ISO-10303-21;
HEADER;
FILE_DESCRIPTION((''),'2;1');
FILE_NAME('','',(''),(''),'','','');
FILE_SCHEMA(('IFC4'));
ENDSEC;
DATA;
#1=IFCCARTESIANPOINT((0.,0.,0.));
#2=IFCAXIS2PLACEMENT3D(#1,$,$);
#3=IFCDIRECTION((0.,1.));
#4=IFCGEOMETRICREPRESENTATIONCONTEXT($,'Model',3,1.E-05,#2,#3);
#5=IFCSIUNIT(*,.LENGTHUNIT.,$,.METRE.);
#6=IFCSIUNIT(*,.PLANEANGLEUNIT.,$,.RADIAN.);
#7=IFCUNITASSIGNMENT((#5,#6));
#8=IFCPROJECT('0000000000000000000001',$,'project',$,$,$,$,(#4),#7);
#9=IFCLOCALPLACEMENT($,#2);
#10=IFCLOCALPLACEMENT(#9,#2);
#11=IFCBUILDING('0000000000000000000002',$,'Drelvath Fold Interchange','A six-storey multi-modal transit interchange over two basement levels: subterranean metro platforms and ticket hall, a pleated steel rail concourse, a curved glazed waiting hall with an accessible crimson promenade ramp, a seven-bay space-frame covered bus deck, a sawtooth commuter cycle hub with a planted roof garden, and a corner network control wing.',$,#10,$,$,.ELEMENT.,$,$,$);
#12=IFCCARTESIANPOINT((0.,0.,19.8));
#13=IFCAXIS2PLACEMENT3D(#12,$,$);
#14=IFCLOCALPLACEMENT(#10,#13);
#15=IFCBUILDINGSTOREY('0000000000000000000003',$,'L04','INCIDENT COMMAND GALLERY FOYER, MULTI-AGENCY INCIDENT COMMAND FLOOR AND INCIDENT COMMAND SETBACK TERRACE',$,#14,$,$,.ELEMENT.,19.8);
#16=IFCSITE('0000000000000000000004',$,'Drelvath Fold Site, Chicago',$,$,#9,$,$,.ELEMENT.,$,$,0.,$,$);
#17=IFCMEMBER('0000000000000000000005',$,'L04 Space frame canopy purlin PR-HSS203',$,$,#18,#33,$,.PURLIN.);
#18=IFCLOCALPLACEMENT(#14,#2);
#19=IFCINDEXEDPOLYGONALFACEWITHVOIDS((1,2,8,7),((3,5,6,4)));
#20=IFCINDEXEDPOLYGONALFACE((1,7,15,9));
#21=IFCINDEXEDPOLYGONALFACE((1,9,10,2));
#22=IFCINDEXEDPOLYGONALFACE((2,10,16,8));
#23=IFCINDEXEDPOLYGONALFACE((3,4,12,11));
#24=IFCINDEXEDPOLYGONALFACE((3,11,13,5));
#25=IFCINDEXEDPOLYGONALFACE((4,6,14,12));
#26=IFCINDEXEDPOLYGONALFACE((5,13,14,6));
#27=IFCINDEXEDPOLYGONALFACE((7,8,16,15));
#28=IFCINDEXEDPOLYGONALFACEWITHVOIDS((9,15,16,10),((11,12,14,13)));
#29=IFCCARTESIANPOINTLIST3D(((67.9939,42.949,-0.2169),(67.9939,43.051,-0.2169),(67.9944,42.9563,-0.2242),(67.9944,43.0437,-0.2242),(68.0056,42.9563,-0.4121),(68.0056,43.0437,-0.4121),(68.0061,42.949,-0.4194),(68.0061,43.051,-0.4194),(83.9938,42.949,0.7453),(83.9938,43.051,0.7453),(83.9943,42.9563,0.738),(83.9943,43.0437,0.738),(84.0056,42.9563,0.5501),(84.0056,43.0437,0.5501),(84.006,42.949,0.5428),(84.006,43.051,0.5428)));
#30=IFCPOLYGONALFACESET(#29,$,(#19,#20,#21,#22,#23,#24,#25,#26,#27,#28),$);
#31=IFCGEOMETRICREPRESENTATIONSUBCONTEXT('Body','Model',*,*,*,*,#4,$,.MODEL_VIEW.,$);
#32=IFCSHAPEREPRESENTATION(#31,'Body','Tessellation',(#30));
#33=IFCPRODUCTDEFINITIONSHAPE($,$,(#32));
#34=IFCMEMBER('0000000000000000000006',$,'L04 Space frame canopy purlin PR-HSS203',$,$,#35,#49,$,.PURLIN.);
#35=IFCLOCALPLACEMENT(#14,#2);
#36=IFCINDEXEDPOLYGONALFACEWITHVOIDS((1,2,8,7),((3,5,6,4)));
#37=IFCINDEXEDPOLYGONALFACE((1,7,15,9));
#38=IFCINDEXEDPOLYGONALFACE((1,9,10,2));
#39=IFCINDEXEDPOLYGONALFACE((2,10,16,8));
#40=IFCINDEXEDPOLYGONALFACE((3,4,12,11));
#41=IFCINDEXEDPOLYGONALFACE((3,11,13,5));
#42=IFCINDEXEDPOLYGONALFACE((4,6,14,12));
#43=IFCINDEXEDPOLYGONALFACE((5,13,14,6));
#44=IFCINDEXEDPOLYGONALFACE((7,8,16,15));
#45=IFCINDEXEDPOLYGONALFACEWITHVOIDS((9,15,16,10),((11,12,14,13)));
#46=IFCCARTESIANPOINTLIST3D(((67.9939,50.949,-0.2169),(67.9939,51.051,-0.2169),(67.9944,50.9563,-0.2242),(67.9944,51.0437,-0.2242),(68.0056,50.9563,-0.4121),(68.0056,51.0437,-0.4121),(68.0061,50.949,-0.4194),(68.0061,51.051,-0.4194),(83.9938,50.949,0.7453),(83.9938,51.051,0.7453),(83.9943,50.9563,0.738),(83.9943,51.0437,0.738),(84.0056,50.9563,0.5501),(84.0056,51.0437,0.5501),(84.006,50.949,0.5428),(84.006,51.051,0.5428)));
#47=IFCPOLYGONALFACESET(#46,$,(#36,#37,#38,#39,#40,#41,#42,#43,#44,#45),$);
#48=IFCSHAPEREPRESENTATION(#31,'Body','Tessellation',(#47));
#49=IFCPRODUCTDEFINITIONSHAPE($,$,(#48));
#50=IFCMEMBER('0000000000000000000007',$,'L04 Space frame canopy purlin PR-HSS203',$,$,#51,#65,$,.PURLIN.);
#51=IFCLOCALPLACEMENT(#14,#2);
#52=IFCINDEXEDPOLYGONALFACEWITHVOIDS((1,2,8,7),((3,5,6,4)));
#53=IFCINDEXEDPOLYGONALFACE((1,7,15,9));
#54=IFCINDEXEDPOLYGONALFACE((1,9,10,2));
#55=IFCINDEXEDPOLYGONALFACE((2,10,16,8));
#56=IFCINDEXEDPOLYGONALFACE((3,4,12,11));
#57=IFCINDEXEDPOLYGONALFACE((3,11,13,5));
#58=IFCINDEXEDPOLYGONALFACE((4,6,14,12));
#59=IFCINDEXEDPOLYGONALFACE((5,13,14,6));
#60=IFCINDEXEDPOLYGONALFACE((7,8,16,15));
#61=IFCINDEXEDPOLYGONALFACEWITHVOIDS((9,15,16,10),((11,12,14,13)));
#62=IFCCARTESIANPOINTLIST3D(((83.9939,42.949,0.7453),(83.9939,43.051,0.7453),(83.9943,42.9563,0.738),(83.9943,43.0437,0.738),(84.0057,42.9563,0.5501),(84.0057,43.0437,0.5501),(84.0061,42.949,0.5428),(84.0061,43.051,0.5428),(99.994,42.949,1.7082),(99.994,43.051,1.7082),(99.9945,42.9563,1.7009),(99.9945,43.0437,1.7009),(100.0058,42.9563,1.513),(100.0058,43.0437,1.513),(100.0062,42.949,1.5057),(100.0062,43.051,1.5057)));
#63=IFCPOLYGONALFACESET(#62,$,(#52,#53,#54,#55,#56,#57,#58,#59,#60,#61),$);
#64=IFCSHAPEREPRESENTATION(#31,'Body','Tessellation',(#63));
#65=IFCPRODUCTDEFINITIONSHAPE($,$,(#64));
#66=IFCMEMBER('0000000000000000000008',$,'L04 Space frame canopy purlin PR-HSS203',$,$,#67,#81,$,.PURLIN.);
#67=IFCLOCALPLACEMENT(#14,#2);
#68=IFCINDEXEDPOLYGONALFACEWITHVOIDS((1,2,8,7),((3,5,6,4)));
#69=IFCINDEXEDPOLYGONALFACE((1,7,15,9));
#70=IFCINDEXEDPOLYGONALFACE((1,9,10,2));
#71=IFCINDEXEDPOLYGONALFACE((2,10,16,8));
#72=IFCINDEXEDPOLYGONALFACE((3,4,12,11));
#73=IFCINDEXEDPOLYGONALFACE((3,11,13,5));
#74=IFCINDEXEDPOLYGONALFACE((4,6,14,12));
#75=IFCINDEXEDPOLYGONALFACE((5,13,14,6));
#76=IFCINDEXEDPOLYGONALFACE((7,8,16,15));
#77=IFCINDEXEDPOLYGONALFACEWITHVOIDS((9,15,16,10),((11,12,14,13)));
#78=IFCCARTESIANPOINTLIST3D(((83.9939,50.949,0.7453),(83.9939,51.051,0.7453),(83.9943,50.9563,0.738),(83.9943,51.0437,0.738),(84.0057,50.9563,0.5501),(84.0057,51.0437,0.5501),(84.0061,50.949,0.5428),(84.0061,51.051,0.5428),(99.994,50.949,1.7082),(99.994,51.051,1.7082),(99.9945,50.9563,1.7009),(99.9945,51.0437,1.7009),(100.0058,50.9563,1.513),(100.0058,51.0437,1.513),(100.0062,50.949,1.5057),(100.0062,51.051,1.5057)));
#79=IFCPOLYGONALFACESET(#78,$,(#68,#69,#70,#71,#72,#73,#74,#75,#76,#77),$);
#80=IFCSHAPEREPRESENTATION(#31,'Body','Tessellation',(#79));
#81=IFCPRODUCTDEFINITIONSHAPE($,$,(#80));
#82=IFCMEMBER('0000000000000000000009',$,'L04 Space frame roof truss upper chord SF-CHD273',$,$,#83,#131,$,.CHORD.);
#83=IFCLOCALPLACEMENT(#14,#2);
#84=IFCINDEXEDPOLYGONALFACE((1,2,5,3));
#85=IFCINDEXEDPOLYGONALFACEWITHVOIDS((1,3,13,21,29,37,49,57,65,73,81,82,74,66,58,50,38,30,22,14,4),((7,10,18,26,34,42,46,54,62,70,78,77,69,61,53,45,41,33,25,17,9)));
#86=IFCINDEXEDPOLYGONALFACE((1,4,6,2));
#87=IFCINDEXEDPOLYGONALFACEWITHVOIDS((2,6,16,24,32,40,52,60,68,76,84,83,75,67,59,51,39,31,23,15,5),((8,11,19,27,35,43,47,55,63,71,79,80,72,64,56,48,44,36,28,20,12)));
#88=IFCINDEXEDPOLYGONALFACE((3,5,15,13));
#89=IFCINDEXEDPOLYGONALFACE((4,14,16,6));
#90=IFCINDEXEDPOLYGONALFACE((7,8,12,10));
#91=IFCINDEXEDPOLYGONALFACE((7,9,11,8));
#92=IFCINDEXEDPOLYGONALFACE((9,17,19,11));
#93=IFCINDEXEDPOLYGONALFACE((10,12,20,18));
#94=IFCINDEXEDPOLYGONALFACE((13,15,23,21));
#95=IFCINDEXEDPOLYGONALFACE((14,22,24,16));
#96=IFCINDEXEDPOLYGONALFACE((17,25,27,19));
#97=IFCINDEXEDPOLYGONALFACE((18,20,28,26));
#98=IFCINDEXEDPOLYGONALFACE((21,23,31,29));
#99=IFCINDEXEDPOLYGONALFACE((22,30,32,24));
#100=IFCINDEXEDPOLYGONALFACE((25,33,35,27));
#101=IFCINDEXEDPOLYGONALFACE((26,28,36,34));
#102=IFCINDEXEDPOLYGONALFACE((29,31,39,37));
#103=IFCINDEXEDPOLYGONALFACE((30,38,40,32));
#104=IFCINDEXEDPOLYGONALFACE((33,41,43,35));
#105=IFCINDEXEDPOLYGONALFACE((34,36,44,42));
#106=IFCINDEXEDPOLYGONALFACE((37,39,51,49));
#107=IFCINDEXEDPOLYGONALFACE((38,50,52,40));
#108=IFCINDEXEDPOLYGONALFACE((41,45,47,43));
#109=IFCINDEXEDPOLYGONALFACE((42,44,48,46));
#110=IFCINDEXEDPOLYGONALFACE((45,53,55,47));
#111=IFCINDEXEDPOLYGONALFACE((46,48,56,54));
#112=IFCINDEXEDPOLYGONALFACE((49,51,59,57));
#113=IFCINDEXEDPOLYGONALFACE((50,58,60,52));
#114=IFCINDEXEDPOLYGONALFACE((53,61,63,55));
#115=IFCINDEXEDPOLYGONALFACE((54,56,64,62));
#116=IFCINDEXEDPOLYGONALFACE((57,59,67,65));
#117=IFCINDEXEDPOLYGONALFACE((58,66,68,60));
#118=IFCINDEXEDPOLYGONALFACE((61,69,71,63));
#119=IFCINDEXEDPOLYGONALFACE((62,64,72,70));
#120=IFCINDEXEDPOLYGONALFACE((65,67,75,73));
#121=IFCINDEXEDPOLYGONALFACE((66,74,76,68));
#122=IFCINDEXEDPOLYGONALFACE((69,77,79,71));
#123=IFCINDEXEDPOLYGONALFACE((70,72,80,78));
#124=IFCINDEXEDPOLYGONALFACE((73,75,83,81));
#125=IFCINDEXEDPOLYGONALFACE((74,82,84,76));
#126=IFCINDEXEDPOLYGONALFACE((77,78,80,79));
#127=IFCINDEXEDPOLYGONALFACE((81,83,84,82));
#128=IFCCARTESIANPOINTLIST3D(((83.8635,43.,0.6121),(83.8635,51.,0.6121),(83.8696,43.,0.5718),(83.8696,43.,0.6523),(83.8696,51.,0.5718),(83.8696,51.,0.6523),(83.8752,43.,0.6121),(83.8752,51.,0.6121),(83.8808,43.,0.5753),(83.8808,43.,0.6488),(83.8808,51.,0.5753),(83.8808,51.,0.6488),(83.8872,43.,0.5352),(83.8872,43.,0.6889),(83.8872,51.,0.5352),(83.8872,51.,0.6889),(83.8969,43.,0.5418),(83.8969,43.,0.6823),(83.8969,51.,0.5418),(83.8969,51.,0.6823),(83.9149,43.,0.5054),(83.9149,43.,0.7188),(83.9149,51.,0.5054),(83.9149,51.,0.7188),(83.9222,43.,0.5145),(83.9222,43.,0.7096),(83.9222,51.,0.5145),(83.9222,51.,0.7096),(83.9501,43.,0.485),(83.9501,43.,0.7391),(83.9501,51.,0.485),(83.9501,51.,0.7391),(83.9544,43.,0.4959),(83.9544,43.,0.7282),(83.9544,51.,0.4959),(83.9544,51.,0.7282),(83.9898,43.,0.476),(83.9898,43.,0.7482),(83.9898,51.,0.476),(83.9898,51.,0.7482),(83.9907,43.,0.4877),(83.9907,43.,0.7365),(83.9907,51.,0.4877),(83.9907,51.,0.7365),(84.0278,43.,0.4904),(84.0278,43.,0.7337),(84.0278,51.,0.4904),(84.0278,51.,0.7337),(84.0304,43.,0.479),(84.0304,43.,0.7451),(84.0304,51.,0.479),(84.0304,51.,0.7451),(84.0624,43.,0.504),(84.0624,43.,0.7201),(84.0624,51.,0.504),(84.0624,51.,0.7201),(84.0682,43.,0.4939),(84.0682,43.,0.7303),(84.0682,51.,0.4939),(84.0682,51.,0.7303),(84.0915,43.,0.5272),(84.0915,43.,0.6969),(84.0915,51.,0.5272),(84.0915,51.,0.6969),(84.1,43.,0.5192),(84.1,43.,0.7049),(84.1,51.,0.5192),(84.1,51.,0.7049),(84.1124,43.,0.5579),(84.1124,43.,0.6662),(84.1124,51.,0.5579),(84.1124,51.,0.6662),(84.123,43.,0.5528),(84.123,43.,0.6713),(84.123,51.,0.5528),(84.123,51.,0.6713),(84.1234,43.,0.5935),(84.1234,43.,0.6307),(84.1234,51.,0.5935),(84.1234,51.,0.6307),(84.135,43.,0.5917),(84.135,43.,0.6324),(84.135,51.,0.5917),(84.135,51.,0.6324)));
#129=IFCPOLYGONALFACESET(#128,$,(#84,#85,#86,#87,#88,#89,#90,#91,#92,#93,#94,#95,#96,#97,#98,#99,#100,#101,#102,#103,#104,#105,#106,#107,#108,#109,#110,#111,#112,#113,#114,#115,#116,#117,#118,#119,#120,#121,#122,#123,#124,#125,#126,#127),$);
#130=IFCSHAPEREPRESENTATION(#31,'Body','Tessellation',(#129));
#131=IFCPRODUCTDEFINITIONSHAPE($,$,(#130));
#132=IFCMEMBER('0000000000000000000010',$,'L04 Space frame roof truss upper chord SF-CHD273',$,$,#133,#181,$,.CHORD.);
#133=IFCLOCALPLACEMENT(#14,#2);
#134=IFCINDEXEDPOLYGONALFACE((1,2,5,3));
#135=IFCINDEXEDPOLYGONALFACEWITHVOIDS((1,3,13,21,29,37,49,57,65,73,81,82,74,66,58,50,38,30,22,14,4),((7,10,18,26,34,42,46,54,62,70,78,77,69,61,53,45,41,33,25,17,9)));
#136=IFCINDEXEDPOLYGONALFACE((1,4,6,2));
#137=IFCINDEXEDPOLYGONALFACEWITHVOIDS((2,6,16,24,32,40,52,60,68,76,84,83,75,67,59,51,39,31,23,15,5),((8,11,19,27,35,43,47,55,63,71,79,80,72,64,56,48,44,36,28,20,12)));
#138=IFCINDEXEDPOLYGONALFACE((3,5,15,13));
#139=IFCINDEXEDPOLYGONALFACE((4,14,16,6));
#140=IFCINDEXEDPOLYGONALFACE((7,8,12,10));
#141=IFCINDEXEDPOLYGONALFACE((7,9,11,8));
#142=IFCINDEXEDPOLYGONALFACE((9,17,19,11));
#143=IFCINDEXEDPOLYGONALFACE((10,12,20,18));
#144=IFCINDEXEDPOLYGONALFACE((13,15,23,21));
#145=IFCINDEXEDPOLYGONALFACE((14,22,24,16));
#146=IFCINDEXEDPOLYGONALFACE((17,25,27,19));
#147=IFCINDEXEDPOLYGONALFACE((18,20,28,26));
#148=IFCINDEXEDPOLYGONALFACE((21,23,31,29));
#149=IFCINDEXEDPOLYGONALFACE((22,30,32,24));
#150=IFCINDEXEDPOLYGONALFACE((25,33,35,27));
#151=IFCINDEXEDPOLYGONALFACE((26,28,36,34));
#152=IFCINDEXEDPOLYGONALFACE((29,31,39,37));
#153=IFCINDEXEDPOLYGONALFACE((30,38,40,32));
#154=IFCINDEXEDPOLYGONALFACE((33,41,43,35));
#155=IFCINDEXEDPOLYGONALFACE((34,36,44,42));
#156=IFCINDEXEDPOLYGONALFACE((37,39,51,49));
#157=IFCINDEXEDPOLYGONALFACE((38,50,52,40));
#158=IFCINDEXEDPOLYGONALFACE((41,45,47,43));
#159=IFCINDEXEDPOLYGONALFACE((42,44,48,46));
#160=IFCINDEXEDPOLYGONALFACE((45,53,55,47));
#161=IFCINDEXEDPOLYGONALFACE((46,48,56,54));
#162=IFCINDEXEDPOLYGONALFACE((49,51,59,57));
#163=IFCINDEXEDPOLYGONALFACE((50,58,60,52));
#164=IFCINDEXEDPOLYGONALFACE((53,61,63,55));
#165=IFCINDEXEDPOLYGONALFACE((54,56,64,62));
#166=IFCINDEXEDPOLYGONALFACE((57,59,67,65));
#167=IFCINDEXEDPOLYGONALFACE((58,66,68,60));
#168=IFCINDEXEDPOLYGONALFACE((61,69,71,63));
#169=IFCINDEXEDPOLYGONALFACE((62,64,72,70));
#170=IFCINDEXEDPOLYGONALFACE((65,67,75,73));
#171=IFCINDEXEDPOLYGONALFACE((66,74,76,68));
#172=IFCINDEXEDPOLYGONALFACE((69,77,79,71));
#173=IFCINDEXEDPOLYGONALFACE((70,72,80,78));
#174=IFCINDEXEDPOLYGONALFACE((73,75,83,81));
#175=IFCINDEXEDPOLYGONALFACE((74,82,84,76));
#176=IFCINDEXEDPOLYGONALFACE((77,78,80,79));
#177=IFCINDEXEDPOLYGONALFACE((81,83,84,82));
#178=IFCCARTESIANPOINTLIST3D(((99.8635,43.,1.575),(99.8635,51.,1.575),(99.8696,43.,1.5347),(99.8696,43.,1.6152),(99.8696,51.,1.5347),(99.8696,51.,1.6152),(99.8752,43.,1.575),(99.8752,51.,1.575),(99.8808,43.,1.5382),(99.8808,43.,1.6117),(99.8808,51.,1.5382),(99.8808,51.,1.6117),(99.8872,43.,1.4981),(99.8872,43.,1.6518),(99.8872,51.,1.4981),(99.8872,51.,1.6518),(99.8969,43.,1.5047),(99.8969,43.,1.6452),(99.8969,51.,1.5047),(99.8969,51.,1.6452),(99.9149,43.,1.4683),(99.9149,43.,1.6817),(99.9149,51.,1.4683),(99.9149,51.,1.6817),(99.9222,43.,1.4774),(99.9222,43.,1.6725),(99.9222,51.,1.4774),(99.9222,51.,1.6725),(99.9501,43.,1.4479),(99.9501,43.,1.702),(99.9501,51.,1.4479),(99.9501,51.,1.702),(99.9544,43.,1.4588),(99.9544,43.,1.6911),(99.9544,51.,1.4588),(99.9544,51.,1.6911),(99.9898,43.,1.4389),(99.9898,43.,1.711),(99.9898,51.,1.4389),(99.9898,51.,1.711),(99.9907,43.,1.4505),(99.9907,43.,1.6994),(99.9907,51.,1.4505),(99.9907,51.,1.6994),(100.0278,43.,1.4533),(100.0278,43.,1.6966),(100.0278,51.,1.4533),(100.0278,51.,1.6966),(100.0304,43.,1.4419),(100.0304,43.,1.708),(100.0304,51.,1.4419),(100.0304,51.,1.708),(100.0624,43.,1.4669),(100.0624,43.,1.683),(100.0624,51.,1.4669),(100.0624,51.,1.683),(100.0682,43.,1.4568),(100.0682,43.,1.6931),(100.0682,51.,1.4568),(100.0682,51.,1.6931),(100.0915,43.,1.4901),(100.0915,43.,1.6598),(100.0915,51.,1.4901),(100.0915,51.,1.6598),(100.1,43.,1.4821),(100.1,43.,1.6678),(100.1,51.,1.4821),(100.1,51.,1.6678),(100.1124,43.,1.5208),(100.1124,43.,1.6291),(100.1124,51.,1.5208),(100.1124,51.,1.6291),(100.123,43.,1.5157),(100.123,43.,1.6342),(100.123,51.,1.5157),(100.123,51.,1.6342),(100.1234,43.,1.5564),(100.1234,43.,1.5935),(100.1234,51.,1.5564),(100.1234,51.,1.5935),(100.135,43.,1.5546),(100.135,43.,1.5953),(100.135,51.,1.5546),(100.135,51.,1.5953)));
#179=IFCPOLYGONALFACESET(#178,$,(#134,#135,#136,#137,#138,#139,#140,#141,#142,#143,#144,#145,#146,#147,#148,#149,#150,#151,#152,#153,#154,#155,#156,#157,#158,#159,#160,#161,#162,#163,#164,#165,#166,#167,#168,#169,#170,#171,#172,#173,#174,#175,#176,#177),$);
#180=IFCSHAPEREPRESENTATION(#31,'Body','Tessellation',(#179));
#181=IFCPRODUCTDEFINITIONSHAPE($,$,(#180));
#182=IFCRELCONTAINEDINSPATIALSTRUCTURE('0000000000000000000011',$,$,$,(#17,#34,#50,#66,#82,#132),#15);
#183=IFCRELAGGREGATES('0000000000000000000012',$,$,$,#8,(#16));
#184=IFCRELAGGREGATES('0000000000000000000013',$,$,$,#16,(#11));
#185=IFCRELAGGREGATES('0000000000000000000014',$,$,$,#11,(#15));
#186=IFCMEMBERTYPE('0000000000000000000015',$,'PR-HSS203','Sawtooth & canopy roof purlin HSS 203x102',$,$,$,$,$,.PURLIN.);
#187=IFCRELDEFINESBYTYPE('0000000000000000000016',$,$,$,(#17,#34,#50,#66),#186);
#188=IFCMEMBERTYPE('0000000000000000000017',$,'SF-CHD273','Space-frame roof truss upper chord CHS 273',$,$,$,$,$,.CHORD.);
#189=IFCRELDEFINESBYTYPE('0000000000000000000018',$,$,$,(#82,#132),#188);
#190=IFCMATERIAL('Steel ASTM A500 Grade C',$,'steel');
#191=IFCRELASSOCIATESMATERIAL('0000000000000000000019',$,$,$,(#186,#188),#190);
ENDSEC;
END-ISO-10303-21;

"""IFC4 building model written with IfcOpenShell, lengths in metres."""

from ifc_helpers import new_model, si_unit, direction, frame, origin, origin_2d, place, context, subcontext, project, spatial, hollow_rectangle, hollow_circle, extrude, material, material_profile, profile_set, type_object, element, save


model = new_model("IFC4")

# Units and contexts
model_context = context("Model", 3, precision=1e-05, world=origin(), true_north=direction((0.0, 1.0)))
body_context = subcontext(model_context, "Body", "Model", "MODEL_VIEW")
ifc_project = project(units=[si_unit("LENGTHUNIT", "METRE"), si_unit("PLANEANGLEUNIT", "RADIAN")], contexts=[model_context])

# Site, building, storey
site_placement = place(None, origin())
site = spatial("IfcSite", under=ifc_project, at=site_placement, Name="Drelvath Fold Site, Chicago", CompositionType="ELEMENT", RefElevation=0.0)
building_placement = place(site_placement, origin())
building = spatial("IfcBuilding", under=site, at=building_placement, Name="Drelvath Fold Interchange", Description="A six-storey multi-modal transit interchange over two basement levels: subterranean metro platforms and ticket hall, a pleated steel rail concourse, a curved glazed waiting hall with an accessible crimson promenade ramp, a seven-bay space-frame covered bus deck, a sawtooth commuter cycle hub with a planted roof garden, and a corner network control wing.", CompositionType="ELEMENT")
storey_placement = place(building_placement, frame((0.0, 0.0, 19.8)))
storey = spatial("IfcBuildingStorey", under=building, at=storey_placement, Name="L04", Description="INCIDENT COMMAND GALLERY FOYER, MULTI-AGENCY INCIDENT COMMAND FLOOR AND INCIDENT COMMAND SETBACK TERRACE", CompositionType="ELEMENT", Elevation=19.8)

# Members
ifc_material_1 = material(Name="Steel ASTM A500 Grade C", Category="steel")
ifc_material_profile_1 = material_profile(ifc_material_1, hollow_rectangle(XDim=0.1021, YDim=0.2029, WallThickness=0.0073, at=origin_2d()), Name="HSS8X4X5/16")
ifc_profile_set_1 = profile_set([ifc_material_profile_1], Name="Steel ASTM A500 Grade C")
member_type_1 = type_object("IfcMemberType", Name="PR-HSS203", Description="Sawtooth & canopy roof purlin HSS 203x102", PredefinedType="PURLIN", material=ifc_profile_set_1)
for number, where, z_axis, x_axis, name in (
    (1, (68.0, 43.0, -0.3181), (0.998197, 0.0, 0.060026), (0.0, 1.0, 0.0), "L04 Space frame canopy purlin PR-HSS203"),
    (2, (68.0, 51.0, -0.3181), (0.998197, 0.0, 0.060026), (0.0, 1.0, 0.0), "L04 Space frame canopy purlin PR-HSS203"),
):
    element("IfcMember", number, at=place(storey_placement, frame(where, z_axis=z_axis, x_axis=x_axis)), inside=storey, type_object=member_type_1, Name=name, PredefinedType="PURLIN", context=body_context, shape_type="SweptSolid", body=[
        extrude(hollow_rectangle(XDim=0.1021, YDim=0.2029, WallThickness=0.0073, at=origin_2d()), origin(), (0.0, 0.0, 1.0), 16.0288),
    ])
for number, where, z_axis, x_axis, name in (
    (3, (84.0, 43.0, 0.644), (0.998194, 0.0, 0.060072), (0.0, 1.0, 0.0), "L04 Space frame canopy purlin PR-HSS203"),
    (4, (84.0, 51.0, 0.644), (0.998194, 0.0, 0.060072), (0.0, 1.0, 0.0), "L04 Space frame canopy purlin PR-HSS203"),
):
    element("IfcMember", number, at=place(storey_placement, frame(where, z_axis=z_axis, x_axis=x_axis)), inside=storey, type_object=member_type_1, Name=name, PredefinedType="PURLIN", context=body_context, shape_type="SweptSolid", body=[
        extrude(hollow_rectangle(XDim=0.1021, YDim=0.2029, WallThickness=0.0073, at=origin_2d()), origin(), (0.0, 0.0, 1.0), 16.0291),
    ])
ifc_material_profile_2 = material_profile(ifc_material_1, hollow_circle(Radius=0.1365, WallThickness=0.0117, at=origin_2d()), Name="HSS10.750X0.500")
ifc_profile_set_2 = profile_set([ifc_material_profile_2], Name="Steel ASTM A500 Grade C")
member_type_2 = type_object("IfcMemberType", Name="SF-CHD273", Description="Space-frame roof truss upper chord CHS 273", PredefinedType="CHORD", material=ifc_profile_set_2)
for number, where, z_axis, x_axis, name in (
    (5, (84.0, 43.0, 0.6121), (0.0, 1.0, 0.0), (-1.0, 0.0, 0.0), "L04 Space frame roof truss upper chord SF-CHD273"),
    (6, (100.0, 43.0, 1.575), (0.0, 1.0, 0.0), (-1.0, 0.0, 0.0), "L04 Space frame roof truss upper chord SF-CHD273"),
):
    element("IfcMember", number, at=place(storey_placement, frame(where, z_axis=z_axis, x_axis=x_axis)), inside=storey, type_object=member_type_2, Name=name, PredefinedType="CHORD", context=body_context, shape_type="SweptSolid", body=[
        extrude(hollow_circle(Radius=0.1365, WallThickness=0.0117, at=origin_2d()), origin(), (0.0, 0.0, 1.0), 8.0),
    ])

save(model, "model.ifc")
